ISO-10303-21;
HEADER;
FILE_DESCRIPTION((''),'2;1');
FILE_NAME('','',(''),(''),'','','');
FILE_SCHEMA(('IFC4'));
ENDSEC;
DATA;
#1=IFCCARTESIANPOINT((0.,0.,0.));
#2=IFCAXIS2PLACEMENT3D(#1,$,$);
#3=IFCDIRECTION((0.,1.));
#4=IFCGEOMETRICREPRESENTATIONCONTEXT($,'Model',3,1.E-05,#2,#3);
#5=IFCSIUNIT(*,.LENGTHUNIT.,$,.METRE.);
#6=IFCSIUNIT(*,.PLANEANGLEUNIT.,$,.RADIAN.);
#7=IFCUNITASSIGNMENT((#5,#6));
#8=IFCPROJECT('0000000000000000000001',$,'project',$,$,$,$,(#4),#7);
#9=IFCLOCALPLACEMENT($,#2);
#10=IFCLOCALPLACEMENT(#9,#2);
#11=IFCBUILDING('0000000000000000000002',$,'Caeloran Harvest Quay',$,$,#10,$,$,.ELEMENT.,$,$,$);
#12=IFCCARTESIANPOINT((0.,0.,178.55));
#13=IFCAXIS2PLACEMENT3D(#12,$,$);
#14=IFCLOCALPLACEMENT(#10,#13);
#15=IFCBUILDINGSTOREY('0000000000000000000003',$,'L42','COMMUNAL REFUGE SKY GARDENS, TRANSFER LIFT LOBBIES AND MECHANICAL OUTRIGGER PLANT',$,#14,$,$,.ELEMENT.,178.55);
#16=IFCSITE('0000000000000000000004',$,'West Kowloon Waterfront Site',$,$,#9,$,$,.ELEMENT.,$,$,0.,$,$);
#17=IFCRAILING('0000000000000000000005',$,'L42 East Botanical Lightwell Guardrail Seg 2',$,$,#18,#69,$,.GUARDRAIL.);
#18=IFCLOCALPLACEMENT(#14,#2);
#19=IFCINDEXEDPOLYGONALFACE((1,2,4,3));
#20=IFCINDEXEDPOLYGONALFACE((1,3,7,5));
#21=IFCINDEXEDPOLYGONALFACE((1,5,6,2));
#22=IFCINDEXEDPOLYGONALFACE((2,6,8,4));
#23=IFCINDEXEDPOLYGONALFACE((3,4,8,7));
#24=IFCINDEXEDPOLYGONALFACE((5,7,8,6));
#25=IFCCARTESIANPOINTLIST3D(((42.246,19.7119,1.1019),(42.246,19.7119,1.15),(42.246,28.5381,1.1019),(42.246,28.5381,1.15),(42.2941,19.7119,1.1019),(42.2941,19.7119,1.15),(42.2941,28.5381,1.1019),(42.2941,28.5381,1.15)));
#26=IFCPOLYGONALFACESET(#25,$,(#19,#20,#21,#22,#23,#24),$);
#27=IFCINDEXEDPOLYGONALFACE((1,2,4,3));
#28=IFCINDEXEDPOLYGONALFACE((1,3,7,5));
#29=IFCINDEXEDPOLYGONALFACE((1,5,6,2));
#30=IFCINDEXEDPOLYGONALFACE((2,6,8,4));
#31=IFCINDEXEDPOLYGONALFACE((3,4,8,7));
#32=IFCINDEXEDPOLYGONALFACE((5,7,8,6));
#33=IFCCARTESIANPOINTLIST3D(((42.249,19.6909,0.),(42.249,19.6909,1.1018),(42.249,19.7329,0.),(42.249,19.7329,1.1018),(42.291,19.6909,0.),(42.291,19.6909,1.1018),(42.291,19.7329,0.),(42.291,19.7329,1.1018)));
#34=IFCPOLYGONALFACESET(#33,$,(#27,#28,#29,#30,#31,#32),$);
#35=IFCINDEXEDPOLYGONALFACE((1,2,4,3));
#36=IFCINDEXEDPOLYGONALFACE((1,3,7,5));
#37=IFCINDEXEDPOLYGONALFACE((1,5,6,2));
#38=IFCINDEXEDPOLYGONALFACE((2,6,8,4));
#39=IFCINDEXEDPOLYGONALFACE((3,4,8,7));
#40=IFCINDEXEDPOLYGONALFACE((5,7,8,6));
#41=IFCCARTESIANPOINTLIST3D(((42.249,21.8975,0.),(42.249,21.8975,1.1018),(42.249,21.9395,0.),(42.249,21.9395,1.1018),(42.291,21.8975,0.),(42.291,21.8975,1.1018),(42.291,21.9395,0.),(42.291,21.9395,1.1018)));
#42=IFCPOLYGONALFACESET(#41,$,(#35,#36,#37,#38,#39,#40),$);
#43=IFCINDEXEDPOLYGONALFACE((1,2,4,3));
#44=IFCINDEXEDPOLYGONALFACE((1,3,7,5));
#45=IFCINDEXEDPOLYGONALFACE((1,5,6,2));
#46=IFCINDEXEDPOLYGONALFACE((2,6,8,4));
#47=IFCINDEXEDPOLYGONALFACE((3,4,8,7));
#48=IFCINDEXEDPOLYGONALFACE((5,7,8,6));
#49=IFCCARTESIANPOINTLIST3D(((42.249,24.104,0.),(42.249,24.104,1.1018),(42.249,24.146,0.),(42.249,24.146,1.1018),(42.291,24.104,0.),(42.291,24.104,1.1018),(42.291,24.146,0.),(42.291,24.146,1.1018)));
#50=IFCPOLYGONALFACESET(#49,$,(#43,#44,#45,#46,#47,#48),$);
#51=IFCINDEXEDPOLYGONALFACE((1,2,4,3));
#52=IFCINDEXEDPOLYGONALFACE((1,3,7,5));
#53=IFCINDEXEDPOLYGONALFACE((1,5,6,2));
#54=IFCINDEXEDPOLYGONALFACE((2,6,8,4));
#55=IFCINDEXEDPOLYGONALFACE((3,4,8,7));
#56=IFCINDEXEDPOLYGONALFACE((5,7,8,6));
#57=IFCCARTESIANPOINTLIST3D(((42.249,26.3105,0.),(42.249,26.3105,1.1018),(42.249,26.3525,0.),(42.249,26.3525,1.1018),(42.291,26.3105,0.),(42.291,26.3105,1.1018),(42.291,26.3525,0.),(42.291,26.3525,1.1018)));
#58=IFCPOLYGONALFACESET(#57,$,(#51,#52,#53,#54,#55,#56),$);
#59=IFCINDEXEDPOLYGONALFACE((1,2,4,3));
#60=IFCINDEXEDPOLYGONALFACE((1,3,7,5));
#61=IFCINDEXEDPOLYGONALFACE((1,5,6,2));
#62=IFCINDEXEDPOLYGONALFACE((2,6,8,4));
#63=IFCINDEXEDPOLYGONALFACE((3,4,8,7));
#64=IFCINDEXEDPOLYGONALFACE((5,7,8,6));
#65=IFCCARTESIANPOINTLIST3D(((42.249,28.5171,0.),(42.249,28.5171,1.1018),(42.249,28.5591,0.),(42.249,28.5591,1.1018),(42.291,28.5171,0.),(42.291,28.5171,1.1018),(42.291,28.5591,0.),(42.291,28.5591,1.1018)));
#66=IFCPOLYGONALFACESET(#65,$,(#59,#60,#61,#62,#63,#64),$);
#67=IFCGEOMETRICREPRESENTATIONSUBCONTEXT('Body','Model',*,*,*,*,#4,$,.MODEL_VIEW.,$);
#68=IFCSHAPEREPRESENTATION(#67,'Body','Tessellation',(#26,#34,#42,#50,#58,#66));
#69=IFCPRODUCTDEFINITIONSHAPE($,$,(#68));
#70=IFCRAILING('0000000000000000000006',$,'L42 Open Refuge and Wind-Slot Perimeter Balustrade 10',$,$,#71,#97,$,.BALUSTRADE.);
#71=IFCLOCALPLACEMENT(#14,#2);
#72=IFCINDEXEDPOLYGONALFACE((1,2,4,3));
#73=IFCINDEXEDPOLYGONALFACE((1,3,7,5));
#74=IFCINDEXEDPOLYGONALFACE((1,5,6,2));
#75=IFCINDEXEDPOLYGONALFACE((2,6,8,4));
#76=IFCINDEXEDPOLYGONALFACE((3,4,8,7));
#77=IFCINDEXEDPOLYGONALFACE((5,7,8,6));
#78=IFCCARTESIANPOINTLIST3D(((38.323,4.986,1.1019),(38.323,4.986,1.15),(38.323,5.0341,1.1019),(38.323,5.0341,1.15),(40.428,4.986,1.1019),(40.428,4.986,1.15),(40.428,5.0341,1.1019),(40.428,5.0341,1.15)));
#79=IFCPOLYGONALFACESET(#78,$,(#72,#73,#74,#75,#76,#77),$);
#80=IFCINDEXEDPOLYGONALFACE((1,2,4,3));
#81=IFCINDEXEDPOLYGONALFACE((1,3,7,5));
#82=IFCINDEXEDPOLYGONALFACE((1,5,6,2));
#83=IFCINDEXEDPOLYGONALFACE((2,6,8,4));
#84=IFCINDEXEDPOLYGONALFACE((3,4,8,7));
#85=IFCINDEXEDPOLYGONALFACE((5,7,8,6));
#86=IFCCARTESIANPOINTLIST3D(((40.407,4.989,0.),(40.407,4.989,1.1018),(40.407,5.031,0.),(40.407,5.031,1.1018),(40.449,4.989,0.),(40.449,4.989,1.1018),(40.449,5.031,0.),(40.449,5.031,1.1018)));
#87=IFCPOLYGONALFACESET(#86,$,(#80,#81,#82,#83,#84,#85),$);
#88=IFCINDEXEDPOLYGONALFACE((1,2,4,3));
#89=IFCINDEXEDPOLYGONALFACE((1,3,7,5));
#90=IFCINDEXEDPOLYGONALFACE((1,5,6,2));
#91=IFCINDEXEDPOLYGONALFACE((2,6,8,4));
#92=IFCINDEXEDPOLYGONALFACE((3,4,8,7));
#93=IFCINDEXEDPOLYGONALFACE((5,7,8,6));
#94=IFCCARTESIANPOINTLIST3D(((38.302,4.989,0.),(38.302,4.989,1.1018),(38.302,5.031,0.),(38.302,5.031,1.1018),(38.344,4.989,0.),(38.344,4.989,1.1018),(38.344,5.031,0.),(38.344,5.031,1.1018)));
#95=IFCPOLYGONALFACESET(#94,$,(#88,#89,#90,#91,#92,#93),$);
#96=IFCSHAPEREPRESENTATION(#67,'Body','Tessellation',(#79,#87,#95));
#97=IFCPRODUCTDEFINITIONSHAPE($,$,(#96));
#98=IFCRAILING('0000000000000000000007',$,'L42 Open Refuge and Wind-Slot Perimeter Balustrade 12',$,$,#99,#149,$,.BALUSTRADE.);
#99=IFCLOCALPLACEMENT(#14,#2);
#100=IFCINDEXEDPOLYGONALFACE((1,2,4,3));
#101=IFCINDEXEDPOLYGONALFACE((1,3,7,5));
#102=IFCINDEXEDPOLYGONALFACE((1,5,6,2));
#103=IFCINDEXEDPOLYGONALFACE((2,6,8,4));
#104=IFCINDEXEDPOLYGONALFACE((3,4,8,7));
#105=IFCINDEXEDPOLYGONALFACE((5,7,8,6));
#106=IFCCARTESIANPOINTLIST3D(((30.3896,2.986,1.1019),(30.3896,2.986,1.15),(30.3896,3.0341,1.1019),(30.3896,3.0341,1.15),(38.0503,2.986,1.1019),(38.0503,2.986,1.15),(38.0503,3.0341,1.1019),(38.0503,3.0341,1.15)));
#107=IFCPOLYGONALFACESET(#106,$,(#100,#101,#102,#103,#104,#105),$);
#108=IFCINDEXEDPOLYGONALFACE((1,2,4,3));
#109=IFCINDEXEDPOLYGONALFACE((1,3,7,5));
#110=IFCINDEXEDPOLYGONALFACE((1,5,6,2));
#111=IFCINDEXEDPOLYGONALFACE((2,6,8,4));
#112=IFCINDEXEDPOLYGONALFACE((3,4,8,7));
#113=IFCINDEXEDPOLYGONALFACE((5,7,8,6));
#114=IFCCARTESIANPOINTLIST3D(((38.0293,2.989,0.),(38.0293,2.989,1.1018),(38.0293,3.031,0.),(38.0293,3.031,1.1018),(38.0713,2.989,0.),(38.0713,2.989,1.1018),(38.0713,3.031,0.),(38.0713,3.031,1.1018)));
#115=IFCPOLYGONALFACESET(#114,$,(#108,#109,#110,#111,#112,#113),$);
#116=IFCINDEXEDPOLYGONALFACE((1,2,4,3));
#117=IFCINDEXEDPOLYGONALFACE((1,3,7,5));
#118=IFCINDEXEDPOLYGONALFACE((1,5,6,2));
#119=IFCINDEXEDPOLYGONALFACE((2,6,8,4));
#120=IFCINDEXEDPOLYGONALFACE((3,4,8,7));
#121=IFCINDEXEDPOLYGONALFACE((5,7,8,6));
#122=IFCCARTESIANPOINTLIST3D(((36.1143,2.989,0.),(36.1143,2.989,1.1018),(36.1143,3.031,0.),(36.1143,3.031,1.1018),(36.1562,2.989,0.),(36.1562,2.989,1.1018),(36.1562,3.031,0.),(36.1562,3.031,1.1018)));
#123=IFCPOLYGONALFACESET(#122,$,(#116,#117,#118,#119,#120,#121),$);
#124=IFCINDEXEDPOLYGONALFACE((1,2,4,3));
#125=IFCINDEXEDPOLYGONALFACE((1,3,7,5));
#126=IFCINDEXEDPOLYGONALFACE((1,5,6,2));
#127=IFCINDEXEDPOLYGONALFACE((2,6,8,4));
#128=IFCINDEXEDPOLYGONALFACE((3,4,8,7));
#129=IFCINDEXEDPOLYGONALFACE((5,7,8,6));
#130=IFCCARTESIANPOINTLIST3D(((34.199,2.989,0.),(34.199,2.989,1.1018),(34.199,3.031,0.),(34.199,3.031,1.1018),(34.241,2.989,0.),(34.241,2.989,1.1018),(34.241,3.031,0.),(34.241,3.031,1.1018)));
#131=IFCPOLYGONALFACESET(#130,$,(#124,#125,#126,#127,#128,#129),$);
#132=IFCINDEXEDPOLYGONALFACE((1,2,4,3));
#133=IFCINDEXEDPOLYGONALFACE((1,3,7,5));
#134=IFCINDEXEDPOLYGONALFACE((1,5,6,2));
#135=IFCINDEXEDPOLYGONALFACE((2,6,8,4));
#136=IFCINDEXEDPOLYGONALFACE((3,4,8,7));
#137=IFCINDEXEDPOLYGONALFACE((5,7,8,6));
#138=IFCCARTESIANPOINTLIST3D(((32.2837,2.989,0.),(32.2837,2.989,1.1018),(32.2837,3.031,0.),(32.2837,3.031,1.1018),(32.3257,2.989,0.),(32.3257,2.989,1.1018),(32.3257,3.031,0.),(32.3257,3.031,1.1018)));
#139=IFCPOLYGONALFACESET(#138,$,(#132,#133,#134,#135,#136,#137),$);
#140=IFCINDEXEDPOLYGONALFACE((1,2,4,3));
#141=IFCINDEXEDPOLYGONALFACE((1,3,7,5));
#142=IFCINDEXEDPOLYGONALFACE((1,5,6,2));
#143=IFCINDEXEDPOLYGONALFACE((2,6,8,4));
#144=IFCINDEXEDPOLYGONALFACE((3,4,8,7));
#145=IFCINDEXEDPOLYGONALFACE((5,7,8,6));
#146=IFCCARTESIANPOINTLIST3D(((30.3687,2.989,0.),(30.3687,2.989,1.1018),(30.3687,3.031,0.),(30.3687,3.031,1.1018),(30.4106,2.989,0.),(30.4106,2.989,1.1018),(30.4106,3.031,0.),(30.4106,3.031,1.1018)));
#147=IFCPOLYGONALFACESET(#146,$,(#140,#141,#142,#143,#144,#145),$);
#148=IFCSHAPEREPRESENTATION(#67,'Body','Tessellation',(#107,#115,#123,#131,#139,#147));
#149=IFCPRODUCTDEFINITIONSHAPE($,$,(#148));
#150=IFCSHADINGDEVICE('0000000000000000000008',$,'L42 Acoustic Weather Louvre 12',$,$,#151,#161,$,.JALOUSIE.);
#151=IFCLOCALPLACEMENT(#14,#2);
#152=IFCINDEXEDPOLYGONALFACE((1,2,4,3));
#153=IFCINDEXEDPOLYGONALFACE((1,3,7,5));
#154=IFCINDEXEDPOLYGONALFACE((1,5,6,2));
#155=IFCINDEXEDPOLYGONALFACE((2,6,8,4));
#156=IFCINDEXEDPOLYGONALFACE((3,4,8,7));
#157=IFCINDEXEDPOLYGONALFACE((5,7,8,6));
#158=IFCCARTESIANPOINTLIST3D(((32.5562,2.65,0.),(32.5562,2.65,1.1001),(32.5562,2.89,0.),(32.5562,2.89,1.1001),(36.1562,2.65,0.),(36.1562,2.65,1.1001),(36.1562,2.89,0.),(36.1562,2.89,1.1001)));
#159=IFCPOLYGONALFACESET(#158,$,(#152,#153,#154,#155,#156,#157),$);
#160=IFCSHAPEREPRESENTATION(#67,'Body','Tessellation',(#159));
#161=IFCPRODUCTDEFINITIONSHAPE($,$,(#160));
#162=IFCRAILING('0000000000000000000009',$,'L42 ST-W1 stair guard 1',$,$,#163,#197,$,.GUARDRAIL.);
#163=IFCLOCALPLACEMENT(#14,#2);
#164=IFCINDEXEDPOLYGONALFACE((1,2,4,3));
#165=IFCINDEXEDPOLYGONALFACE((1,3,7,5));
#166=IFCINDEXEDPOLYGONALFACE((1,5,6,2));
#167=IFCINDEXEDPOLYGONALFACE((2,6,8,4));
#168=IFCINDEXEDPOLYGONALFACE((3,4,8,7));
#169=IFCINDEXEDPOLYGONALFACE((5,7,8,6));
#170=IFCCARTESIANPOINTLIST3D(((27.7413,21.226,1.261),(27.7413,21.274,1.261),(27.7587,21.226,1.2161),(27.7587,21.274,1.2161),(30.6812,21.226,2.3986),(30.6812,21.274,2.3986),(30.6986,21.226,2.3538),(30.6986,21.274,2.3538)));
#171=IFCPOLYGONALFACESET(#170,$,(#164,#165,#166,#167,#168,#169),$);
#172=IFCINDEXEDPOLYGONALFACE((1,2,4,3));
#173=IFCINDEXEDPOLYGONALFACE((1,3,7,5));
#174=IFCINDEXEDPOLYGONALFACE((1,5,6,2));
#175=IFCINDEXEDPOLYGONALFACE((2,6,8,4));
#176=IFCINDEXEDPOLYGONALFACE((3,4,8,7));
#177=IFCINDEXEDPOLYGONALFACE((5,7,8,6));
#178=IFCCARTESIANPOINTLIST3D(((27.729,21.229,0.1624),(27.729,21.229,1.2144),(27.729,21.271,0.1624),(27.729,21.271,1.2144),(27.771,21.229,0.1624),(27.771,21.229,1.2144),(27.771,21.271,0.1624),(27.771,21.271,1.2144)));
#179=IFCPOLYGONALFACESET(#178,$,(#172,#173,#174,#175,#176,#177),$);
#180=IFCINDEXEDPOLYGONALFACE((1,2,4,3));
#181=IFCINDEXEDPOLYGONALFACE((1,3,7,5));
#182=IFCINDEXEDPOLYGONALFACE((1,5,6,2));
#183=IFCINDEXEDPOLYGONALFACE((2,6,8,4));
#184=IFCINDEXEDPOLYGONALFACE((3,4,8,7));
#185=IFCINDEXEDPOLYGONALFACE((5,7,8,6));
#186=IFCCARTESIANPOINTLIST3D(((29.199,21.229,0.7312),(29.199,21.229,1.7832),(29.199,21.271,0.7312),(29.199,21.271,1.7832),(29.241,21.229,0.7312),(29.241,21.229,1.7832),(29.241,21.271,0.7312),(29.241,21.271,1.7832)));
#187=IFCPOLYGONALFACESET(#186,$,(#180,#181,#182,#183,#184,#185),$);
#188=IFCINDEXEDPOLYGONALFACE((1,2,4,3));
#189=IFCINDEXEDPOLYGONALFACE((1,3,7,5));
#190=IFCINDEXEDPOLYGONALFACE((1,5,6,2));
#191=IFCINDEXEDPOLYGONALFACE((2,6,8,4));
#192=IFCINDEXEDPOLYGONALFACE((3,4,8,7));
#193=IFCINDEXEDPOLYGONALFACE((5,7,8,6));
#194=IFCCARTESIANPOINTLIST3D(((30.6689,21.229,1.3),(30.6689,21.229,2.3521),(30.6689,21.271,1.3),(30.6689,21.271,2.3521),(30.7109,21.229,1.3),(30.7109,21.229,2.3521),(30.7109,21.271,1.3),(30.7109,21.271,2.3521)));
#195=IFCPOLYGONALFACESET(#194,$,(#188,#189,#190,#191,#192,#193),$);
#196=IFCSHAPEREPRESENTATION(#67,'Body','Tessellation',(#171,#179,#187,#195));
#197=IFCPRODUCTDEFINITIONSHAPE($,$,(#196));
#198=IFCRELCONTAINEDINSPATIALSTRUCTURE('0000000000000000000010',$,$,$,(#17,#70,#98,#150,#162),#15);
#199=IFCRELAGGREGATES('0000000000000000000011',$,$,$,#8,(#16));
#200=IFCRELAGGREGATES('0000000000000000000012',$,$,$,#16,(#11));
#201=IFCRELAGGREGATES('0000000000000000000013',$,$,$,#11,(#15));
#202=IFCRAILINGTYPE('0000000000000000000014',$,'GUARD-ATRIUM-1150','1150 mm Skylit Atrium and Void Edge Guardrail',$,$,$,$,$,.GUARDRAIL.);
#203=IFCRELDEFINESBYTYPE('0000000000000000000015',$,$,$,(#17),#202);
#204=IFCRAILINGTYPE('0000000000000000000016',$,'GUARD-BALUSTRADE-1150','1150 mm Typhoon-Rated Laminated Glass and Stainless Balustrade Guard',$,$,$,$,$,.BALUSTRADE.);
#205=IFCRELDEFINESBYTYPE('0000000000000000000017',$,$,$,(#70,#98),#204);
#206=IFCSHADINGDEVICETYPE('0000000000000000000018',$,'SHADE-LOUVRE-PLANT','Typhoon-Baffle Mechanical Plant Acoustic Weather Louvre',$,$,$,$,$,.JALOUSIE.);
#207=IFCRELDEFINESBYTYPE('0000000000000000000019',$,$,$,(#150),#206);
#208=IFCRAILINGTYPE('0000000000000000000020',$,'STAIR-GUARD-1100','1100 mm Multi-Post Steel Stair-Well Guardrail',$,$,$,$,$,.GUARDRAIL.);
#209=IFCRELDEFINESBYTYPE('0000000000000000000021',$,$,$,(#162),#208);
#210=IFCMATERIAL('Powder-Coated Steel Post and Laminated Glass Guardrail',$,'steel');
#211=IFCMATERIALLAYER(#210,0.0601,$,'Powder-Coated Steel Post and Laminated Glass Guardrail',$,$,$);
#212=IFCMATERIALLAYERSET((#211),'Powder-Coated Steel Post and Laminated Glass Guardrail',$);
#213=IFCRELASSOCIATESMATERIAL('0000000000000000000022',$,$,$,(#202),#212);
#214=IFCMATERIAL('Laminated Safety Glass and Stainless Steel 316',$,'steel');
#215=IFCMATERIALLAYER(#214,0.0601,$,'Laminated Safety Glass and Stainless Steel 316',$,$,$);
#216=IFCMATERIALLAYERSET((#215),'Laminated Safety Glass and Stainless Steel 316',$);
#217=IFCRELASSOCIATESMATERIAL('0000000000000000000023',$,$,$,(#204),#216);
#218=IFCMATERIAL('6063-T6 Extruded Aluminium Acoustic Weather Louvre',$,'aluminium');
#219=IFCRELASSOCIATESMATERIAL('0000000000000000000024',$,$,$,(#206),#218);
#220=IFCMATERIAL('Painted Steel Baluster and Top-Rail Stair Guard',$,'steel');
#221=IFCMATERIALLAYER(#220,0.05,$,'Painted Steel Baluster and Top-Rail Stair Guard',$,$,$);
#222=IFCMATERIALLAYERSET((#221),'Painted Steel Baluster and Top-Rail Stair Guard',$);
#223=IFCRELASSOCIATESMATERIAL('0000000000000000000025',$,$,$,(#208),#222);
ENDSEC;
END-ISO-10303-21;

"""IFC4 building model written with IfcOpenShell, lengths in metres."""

from ifc_helpers import new_model, si_unit, direction, frame, origin, origin_2d, place, context, subcontext, project, spatial, rectangle, extrude, material, layer, layer_set, type_object, element, save


model = new_model("IFC4")

# Units and contexts
model_context = context("Model", 3, precision=1e-05, world=origin(), true_north=direction((0.0, 1.0)))
body_context = subcontext(model_context, "Body", "Model", "MODEL_VIEW")
ifc_project = project(units=[si_unit("LENGTHUNIT", "METRE"), si_unit("PLANEANGLEUNIT", "RADIAN")], contexts=[model_context])

# Site, building, storey
site_placement = place(None, origin())
site = spatial("IfcSite", under=ifc_project, at=site_placement, Name="West Kowloon Waterfront Site", CompositionType="ELEMENT", RefElevation=0.0)
building_placement = place(site_placement, origin())
building = spatial("IfcBuilding", under=site, at=building_placement, Name="Caeloran Harvest Quay", CompositionType="ELEMENT")
storey_placement = place(building_placement, frame((0.0, 0.0, 178.55)))
storey = spatial("IfcBuildingStorey", under=building, at=storey_placement, Name="L42", Description="COMMUNAL REFUGE SKY GARDENS, TRANSFER LIFT LOBBIES AND MECHANICAL OUTRIGGER PLANT", CompositionType="ELEMENT", Elevation=178.55)

# Railings
ifc_material_1 = material(Name="Powder-Coated Steel Post and Laminated Glass Guardrail", Category="steel")
ifc_layer_1 = layer(ifc_material_1, 0.0601, Name="Powder-Coated Steel Post and Laminated Glass Guardrail")
ifc_layer_set_1 = layer_set([ifc_layer_1], Name="Powder-Coated Steel Post and Laminated Glass Guardrail")
railing_type_1 = type_object("IfcRailingType", Name="GUARD-ATRIUM-1150", Description="1150 mm Skylit Atrium and Void Edge Guardrail", PredefinedType="GUARDRAIL", material=ifc_layer_set_1)
railing_1_placement = place(storey_placement, frame((42.27, 19.7119, 0.0)))
element("IfcRailing", 1, at=railing_1_placement, inside=storey, type_object=railing_type_1, Name="L42 East Botanical Lightwell Guardrail Seg 2", PredefinedType="GUARDRAIL", context=body_context, shape_type="SweptSolid", body=[
    extrude(rectangle(XDim=0.0481, YDim=0.0481, at=origin_2d()), frame((0.0, 0.0, 1.126), z_axis=(0.0, 1.0, 0.0), x_axis=(-1.0, 0.0, 0.0)), (0.0, 0.0, 1.0), 8.8262),
    extrude(rectangle(XDim=0.042, YDim=0.042, at=origin_2d()), origin(), (0.0, 0.0, 1.0), 1.1018),
    extrude(rectangle(XDim=0.042, YDim=0.042, at=origin_2d()), frame((0.0, 2.2065, 0.0)), (0.0, 0.0, 1.0), 1.1018),
    extrude(rectangle(XDim=0.042, YDim=0.042, at=origin_2d()), frame((0.0, 4.4131, 0.0)), (0.0, 0.0, 1.0), 1.1018),
    extrude(rectangle(XDim=0.042, YDim=0.042, at=origin_2d()), frame((0.0, 6.6196, 0.0)), (0.0, 0.0, 1.0), 1.1018),
    extrude(rectangle(XDim=0.042, YDim=0.042, at=origin_2d()), frame((0.0, 8.8262, 0.0)), (0.0, 0.0, 1.0), 1.1018),
])
ifc_material_2 = material(Name="Laminated Safety Glass and Stainless Steel 316", Category="steel")
ifc_layer_2 = layer(ifc_material_2, 0.0601, Name="Laminated Safety Glass and Stainless Steel 316")
ifc_layer_set_2 = layer_set([ifc_layer_2], Name="Laminated Safety Glass and Stainless Steel 316")
railing_type_2 = type_object("IfcRailingType", Name="GUARD-BALUSTRADE-1150", Description="1150 mm Typhoon-Rated Laminated Glass and Stainless Balustrade Guard", PredefinedType="BALUSTRADE", material=ifc_layer_set_2)
railing_2_placement = place(storey_placement, frame((40.428, 5.01, 0.0)))
element("IfcRailing", 2, at=railing_2_placement, inside=storey, type_object=railing_type_2, Name="L42 Open Refuge and Wind-Slot Perimeter Balustrade 10", PredefinedType="BALUSTRADE", context=body_context, shape_type="SweptSolid", body=[
    extrude(rectangle(XDim=0.0481, YDim=0.0481, at=origin_2d()), frame((0.0, 0.0, 1.126), z_axis=(-1.0, 0.0, 0.0), x_axis=(0.0, -1.0, 0.0)), (0.0, 0.0, 1.0), 2.105),
    extrude(rectangle(XDim=0.042, YDim=0.042, at=origin_2d()), origin(), (0.0, 0.0, 1.0), 1.1018),
    extrude(rectangle(XDim=0.042, YDim=0.042, at=origin_2d()), frame((-2.105, 0.0, 0.0)), (0.0, 0.0, 1.0), 1.1018),
])
railing_3_placement = place(storey_placement, frame((38.0503, 3.01, 0.0)))
element("IfcRailing", 3, at=railing_3_placement, inside=storey, type_object=railing_type_2, Name="L42 Open Refuge and Wind-Slot Perimeter Balustrade 12", PredefinedType="BALUSTRADE", context=body_context, shape_type="SweptSolid", body=[
    extrude(rectangle(XDim=0.0481, YDim=0.0481, at=origin_2d()), frame((0.0, 0.0, 1.126), z_axis=(-1.0, 0.0, 0.0), x_axis=(0.0, -1.0, 0.0)), (0.0, 0.0, 1.0), 7.6606),
    extrude(rectangle(XDim=0.042, YDim=0.042, at=origin_2d()), origin(), (0.0, 0.0, 1.0), 1.1018),
    extrude(rectangle(XDim=0.042, YDim=0.042, at=origin_2d()), frame((-1.915, 0.0, 0.0)), (0.0, 0.0, 1.0), 1.1018),
    extrude(rectangle(XDim=0.042, YDim=0.042, at=origin_2d()), frame((-3.8303, 0.0, 0.0)), (0.0, 0.0, 1.0), 1.1018),
    extrude(rectangle(XDim=0.042, YDim=0.042, at=origin_2d()), frame((-5.7456, 0.0, 0.0)), (0.0, 0.0, 1.0), 1.1018),
    extrude(rectangle(XDim=0.042, YDim=0.042, at=origin_2d()), frame((-7.6606, 0.0, 0.0)), (0.0, 0.0, 1.0), 1.1018),
])

# Shading device
ifc_material_3 = material(Name="6063-T6 Extruded Aluminium Acoustic Weather Louvre", Category="aluminium")
shading_device_type = type_object("IfcShadingDeviceType", Name="SHADE-LOUVRE-PLANT", Description="Typhoon-Baffle Mechanical Plant Acoustic Weather Louvre", PredefinedType="JALOUSIE", material=ifc_material_3)
shading_device_placement = place(storey_placement, frame((34.3562, 2.77, 0.0), z_axis=(0.0, 0.0, 1.0), x_axis=(-1.0, 0.0, 0.0)))
element("IfcShadingDevice", 4, at=shading_device_placement, inside=storey, type_object=shading_device_type, Name="L42 Acoustic Weather Louvre 12", PredefinedType="JALOUSIE", context=body_context, shape_type="SweptSolid", body=[
    extrude(rectangle(XDim=3.6001, YDim=0.24, at=origin_2d()), origin(), (0.0, 0.0, 1.0), 1.1001),
])

# Railing
ifc_material_4 = material(Name="Painted Steel Baluster and Top-Rail Stair Guard", Category="steel")
ifc_layer_3 = layer(ifc_material_4, 0.05, Name="Painted Steel Baluster and Top-Rail Stair Guard")
ifc_layer_set_3 = layer_set([ifc_layer_3], Name="Painted Steel Baluster and Top-Rail Stair Guard")
railing_type_3 = type_object("IfcRailingType", Name="STAIR-GUARD-1100", Description="1100 mm Multi-Post Steel Stair-Well Guardrail", PredefinedType="GUARDRAIL", material=ifc_layer_set_3)
railing_4_placement = place(storey_placement, frame((27.75, 21.25, 0.1624)))
element("IfcRailing", 5, at=railing_4_placement, inside=storey, type_object=railing_type_3, Name="L42 ST-W1 stair guard 1", PredefinedType="GUARDRAIL", context=body_context, shape_type="SweptSolid", body=[
    extrude(rectangle(XDim=0.0481, YDim=0.0481, at=origin_2d()), frame((0.0, 0.0, 1.0762), z_axis=(0.932605, 0.0, 0.360899), x_axis=(0.0, 1.0, 0.0)), (0.0, 0.0, 1.0), 3.1523),
    extrude(rectangle(XDim=0.042, YDim=0.042, at=origin_2d()), origin(), (0.0, 0.0, 1.0), 1.052),
    extrude(rectangle(XDim=0.042, YDim=0.042, at=origin_2d()), frame((1.47, 0.0, 0.5688)), (0.0, 0.0, 1.0), 1.052),
    extrude(rectangle(XDim=0.042, YDim=0.042, at=origin_2d()), frame((2.9399, 0.0, 1.1377)), (0.0, 0.0, 1.0), 1.052),
])

save(model, "model.ifc")
